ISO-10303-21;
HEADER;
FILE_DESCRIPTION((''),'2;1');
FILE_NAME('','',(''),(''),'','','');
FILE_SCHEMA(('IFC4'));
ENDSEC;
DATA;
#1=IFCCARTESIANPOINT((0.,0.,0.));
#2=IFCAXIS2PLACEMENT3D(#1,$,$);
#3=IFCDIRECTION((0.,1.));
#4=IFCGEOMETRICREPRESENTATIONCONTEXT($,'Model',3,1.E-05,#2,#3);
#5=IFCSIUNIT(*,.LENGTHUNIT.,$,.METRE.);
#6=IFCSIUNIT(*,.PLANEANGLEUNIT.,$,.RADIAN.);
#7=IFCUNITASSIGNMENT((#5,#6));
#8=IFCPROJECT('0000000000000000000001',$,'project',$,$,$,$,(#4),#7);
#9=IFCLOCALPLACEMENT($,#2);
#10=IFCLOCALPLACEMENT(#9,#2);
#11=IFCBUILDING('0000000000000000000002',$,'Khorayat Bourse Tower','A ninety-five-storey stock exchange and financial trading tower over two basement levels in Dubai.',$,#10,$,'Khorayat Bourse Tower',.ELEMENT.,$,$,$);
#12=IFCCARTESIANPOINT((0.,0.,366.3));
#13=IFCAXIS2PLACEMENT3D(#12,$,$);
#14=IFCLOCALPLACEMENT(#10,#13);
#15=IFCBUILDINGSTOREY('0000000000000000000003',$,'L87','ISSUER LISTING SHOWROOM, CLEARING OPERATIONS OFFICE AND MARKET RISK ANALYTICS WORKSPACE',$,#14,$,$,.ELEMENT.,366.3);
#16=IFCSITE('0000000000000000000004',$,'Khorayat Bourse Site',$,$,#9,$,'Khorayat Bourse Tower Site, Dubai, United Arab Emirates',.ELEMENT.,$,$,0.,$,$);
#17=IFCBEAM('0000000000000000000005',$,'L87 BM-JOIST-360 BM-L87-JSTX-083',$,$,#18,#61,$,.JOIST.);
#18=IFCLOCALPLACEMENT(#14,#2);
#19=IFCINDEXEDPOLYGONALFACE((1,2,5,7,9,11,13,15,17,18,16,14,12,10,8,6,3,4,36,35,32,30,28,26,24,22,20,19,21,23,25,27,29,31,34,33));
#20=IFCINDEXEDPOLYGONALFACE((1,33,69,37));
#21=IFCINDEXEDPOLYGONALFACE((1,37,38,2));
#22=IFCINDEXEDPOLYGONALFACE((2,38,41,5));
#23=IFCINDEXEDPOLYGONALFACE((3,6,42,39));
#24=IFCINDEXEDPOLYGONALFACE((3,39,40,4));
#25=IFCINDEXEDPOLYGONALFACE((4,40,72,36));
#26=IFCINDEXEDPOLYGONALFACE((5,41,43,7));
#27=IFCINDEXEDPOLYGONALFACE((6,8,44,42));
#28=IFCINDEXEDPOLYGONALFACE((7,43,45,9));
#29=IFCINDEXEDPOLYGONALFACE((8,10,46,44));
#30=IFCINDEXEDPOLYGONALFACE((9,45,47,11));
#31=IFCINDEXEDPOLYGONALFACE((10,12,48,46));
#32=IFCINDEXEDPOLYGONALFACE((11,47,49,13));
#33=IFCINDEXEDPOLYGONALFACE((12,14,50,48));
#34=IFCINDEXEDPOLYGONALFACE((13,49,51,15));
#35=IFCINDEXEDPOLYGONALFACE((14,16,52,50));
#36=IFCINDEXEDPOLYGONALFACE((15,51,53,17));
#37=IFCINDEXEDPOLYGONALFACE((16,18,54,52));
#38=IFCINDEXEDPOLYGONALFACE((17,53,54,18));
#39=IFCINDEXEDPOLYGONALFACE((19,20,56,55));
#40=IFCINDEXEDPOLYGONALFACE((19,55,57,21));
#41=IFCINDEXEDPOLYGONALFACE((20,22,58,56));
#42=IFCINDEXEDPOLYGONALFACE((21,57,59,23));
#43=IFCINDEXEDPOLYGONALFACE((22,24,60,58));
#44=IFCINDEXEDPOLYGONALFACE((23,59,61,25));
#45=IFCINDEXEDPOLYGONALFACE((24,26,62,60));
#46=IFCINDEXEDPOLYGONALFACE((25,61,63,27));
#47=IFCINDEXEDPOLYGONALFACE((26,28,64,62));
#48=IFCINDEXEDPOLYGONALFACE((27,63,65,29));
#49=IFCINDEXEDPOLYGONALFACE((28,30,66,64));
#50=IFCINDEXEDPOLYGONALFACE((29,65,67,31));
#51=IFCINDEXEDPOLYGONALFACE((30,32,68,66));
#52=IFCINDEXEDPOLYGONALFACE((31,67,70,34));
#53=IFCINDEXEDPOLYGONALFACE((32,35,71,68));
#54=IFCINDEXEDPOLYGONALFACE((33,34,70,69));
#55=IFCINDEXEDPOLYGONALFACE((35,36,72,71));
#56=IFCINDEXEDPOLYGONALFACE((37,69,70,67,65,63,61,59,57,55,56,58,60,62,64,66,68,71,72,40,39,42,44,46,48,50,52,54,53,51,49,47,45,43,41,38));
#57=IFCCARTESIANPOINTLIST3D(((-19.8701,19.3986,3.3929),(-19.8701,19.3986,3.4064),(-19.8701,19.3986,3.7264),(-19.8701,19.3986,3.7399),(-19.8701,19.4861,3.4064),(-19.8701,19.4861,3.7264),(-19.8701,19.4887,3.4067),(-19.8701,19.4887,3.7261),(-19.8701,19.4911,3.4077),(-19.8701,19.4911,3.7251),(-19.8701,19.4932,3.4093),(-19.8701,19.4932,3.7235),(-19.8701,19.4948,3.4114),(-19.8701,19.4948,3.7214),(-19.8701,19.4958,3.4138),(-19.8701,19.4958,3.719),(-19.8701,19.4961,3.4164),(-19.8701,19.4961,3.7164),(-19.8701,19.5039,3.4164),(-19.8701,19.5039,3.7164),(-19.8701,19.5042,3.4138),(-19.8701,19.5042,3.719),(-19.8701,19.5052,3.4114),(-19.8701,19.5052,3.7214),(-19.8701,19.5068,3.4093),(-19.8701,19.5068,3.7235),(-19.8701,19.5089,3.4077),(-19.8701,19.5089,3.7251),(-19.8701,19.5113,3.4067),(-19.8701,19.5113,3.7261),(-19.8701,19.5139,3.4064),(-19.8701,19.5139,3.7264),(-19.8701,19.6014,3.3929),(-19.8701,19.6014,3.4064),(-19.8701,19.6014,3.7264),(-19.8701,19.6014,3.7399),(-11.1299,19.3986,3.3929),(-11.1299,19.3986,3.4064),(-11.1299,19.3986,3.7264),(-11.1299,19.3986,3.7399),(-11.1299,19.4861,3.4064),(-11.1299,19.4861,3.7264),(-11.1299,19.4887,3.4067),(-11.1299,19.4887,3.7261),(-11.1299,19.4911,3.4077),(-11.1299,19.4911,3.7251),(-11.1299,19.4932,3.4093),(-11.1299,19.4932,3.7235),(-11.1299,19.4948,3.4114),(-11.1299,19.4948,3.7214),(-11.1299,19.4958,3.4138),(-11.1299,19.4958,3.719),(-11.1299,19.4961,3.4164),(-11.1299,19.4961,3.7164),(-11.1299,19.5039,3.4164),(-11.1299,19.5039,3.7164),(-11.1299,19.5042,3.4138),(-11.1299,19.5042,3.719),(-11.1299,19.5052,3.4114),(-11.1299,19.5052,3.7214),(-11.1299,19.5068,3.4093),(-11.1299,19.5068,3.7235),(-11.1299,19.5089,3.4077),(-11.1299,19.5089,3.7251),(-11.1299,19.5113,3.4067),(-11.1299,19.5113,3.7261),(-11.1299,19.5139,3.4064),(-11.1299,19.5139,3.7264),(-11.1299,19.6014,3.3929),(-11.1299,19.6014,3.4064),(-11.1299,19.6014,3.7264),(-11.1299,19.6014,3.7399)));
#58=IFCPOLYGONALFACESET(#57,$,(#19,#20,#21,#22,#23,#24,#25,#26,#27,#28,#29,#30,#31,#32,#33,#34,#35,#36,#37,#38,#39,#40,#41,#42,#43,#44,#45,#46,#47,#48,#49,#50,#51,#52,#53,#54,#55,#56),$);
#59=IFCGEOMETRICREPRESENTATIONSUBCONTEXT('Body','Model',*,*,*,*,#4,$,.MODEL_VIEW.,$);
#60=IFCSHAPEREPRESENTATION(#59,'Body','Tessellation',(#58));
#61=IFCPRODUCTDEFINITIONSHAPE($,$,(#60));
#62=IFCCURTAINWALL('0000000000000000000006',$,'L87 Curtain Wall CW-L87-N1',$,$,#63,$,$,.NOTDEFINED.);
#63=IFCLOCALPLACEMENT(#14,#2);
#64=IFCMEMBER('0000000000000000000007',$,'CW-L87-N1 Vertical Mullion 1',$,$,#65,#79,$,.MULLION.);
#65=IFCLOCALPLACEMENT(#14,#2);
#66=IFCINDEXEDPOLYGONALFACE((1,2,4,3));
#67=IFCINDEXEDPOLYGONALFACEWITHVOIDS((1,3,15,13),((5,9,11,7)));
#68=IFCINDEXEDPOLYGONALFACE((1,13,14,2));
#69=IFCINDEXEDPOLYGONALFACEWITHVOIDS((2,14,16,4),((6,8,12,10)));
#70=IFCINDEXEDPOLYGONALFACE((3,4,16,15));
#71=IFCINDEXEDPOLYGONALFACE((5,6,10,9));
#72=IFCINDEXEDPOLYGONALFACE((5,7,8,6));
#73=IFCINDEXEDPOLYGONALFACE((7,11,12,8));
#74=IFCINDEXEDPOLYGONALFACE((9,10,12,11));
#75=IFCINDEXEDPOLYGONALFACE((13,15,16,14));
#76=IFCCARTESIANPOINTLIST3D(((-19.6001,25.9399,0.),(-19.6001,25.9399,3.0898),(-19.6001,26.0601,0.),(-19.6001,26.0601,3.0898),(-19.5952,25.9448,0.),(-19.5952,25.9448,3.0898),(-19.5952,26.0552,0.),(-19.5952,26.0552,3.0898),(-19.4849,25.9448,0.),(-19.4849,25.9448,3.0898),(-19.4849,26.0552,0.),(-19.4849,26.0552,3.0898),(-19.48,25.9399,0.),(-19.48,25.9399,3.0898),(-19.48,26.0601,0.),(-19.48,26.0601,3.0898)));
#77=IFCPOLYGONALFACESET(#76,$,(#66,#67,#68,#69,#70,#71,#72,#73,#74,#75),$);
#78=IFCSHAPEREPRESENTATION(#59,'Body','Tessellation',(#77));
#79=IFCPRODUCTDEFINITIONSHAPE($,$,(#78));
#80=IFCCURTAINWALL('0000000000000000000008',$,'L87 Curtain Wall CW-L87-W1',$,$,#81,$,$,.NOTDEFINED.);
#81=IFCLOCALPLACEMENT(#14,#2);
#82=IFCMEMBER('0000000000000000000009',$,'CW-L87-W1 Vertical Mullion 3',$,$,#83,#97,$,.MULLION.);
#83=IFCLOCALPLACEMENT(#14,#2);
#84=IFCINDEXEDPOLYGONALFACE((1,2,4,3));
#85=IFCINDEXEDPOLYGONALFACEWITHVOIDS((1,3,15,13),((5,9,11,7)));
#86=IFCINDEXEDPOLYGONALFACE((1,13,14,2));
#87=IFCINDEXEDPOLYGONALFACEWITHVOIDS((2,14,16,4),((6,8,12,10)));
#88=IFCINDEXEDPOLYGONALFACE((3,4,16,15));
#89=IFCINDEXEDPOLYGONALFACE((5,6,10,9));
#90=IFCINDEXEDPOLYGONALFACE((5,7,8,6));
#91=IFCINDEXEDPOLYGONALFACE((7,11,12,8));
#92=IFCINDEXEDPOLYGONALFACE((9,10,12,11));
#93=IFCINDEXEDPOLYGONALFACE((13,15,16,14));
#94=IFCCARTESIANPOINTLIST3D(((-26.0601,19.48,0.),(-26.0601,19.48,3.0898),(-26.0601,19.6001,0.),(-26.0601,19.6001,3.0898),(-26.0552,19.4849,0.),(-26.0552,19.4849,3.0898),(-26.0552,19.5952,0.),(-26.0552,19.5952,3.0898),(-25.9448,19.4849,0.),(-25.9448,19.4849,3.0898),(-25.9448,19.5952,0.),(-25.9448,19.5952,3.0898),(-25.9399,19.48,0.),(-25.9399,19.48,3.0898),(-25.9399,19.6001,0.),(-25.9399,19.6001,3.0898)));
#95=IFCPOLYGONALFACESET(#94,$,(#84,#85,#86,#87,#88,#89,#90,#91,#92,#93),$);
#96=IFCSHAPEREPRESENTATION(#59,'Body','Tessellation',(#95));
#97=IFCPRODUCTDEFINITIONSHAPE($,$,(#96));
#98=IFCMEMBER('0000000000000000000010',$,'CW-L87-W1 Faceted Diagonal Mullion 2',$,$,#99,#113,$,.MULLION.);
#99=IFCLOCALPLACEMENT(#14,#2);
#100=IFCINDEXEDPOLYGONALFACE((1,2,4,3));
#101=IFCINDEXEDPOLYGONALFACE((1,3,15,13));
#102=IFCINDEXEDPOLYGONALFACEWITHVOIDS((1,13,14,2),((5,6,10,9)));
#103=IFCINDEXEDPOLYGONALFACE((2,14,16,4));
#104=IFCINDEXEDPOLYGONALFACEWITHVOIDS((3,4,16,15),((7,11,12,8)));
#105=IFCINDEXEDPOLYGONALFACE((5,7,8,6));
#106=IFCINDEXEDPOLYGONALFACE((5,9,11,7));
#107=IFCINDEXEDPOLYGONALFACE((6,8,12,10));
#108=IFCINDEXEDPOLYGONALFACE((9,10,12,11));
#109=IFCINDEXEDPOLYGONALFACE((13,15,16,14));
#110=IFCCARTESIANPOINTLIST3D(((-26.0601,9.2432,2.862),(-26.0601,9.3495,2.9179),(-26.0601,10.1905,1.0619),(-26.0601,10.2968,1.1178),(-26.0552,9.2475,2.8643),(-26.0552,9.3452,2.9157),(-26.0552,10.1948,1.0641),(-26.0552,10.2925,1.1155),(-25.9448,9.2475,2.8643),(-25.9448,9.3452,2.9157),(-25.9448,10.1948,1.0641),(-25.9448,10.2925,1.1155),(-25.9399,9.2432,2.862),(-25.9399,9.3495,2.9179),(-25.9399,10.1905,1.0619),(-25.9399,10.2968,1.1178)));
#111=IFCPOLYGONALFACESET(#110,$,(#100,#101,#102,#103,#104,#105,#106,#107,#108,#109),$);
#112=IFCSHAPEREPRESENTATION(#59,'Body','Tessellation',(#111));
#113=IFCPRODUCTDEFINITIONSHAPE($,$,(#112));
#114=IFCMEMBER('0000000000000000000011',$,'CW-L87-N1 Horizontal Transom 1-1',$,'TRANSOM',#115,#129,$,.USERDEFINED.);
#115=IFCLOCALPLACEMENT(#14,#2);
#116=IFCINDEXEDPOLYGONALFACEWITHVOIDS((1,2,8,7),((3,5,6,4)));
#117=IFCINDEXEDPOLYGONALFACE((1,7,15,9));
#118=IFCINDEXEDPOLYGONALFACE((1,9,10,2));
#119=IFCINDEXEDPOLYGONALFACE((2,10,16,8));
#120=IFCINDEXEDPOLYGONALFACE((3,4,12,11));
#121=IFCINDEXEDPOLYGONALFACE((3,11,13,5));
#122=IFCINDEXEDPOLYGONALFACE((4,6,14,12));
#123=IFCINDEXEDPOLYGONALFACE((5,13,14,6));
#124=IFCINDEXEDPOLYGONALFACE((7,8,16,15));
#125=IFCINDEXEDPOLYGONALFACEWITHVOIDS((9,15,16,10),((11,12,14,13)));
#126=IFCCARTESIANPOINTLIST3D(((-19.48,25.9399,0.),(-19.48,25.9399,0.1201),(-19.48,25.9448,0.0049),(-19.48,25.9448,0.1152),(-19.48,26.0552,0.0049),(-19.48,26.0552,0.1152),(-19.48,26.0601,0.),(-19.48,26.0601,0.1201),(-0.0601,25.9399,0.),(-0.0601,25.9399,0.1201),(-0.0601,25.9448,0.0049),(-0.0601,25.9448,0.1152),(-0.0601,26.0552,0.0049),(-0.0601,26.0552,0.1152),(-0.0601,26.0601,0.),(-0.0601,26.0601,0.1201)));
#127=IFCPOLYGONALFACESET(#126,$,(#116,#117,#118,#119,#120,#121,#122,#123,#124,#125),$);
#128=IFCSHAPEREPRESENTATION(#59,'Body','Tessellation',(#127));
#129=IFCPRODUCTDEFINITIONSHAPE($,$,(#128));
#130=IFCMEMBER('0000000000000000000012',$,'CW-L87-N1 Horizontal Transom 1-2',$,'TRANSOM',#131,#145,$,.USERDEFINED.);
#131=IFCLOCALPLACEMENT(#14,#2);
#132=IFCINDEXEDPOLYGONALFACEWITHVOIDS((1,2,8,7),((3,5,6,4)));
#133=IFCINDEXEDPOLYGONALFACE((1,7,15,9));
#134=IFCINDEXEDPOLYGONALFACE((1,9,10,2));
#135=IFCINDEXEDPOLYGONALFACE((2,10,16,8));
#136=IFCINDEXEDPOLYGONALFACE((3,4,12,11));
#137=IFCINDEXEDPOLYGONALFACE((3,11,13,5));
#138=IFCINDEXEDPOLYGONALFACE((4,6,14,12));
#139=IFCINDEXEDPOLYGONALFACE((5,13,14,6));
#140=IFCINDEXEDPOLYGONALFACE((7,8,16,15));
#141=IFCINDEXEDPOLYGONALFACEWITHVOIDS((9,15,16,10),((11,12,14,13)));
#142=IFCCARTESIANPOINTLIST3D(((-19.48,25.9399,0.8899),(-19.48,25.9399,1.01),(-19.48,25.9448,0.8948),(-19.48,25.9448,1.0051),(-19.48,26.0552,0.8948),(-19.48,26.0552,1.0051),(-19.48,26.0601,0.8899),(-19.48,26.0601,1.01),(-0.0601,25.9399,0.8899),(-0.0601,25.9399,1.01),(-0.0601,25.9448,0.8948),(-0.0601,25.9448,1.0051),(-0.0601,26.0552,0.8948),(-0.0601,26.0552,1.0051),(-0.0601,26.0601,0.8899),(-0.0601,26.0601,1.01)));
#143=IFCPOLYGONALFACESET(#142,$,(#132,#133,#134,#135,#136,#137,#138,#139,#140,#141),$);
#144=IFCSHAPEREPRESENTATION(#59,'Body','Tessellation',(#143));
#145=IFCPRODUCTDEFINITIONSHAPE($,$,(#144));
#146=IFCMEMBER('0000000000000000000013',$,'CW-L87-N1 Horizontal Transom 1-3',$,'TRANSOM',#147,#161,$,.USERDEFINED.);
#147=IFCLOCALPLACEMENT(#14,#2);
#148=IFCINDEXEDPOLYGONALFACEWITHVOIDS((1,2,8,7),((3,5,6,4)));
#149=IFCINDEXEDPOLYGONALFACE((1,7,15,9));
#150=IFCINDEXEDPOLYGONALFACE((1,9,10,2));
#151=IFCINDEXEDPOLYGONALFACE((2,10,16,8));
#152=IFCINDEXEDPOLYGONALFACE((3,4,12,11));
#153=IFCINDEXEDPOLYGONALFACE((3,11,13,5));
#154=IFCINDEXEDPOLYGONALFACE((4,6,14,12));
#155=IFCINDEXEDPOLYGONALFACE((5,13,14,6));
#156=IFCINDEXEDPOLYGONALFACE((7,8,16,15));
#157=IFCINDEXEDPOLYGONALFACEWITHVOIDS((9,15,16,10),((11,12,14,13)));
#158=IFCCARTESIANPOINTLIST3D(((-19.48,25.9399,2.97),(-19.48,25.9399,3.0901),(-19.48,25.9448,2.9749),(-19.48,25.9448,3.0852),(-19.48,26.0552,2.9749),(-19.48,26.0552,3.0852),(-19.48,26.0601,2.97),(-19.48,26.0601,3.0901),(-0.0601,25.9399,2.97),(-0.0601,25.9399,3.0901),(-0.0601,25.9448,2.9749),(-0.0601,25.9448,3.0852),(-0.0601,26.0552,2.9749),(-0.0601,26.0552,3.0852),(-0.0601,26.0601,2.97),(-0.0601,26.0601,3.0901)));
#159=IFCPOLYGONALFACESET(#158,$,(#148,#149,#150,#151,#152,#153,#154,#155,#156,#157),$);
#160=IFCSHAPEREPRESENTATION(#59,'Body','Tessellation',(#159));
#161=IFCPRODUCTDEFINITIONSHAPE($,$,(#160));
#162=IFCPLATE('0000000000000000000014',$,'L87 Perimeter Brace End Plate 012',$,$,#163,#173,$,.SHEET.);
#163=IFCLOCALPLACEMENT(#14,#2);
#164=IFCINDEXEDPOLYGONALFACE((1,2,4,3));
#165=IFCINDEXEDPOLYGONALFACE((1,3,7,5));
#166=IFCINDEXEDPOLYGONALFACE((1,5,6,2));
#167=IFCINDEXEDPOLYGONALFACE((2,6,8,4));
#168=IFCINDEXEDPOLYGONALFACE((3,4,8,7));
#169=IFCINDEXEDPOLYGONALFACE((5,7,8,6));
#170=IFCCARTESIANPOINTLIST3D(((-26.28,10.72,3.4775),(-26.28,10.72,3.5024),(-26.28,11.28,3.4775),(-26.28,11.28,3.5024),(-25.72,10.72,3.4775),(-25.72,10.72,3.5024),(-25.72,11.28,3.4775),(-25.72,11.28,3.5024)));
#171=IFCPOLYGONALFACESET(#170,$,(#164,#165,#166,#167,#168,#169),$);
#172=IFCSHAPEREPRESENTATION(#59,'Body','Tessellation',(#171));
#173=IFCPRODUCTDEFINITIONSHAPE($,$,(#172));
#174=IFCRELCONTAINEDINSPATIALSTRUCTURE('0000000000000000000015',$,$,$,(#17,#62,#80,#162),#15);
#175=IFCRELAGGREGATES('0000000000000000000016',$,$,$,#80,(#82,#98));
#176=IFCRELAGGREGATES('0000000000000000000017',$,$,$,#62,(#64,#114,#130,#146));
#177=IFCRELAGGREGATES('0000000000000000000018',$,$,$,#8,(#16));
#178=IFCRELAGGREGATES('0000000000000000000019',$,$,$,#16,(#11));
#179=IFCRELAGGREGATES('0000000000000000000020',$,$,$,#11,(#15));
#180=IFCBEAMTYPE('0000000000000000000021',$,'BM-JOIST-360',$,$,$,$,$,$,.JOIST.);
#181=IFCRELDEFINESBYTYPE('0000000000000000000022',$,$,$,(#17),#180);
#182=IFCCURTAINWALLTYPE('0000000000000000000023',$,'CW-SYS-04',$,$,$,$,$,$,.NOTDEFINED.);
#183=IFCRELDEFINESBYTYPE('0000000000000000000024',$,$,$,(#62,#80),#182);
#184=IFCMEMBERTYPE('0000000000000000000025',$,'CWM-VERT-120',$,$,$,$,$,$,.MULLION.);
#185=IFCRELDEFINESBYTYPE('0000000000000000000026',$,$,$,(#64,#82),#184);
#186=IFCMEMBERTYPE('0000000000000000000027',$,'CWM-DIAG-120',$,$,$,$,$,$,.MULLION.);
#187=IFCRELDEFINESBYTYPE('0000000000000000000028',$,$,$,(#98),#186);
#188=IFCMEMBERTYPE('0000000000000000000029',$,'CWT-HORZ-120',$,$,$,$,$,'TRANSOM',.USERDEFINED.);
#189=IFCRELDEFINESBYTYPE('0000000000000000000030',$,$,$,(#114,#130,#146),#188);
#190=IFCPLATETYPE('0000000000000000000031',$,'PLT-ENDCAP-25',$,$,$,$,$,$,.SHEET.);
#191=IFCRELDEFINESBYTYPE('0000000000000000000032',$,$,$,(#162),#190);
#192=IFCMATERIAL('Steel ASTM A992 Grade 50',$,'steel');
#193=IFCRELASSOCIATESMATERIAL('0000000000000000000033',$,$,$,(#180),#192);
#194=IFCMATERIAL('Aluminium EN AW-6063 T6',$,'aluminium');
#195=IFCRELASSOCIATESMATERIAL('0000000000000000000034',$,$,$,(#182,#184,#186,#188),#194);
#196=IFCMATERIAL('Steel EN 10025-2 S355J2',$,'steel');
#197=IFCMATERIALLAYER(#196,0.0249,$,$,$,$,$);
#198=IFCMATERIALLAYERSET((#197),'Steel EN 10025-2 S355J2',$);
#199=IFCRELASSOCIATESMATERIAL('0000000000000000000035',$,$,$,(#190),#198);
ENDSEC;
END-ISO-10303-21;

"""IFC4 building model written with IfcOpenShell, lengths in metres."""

from ifc_helpers import new_model, si_unit, direction, frame, origin, origin_2d, place, context, subcontext, project, spatial, rectangle, hollow_rectangle, i_section, extrude, source, transform, mapped, material, layer, layer_set, material_profile, profile_set, type_object, element, aggregate, save


model = new_model("IFC4")

# Units and contexts
model_context = context("Model", 3, precision=1e-05, world=origin(), true_north=direction((0.0, 1.0)))
body_context = subcontext(model_context, "Body", "Model", "MODEL_VIEW")
ifc_project = project(units=[si_unit("LENGTHUNIT", "METRE"), si_unit("PLANEANGLEUNIT", "RADIAN")], contexts=[model_context])

# Site, building, storey
site_placement = place(None, origin())
site = spatial("IfcSite", under=ifc_project, at=site_placement, Name="Khorayat Bourse Site", LongName="Khorayat Bourse Tower Site, Dubai, United Arab Emirates", CompositionType="ELEMENT", RefElevation=0.0)
building_placement = place(site_placement, origin())
building = spatial("IfcBuilding", under=site, at=building_placement, Name="Khorayat Bourse Tower", Description="A ninety-five-storey stock exchange and financial trading tower over two basement levels in Dubai.", LongName="Khorayat Bourse Tower", CompositionType="ELEMENT")
storey_placement = place(building_placement, frame((0.0, 0.0, 366.3)))
storey = spatial("IfcBuildingStorey", under=building, at=storey_placement, Name="L87", Description="ISSUER LISTING SHOWROOM, CLEARING OPERATIONS OFFICE AND MARKET RISK ANALYTICS WORKSPACE", CompositionType="ELEMENT", Elevation=366.3)

# Shared definitions
ifc_material_1 = material(Name="Steel EN 10025-2 S355J2", Category="steel")

# Beam
ifc_material_2 = material(Name="Steel ASTM A992 Grade 50", Category="steel")
ifc_material_profile_1 = material_profile(ifc_material_2, i_section(OverallWidth=0.2029, OverallDepth=0.3469, WebThickness=0.0078, FlangeThickness=0.0134, FilletRadius=0.01, at=origin_2d()), Name="W360X64")
ifc_profile_set_1 = profile_set([ifc_material_profile_1], Name="Steel ASTM A992 Grade 50")
beam_type_1 = type_object("IfcBeamType", Name="BM-JOIST-360", PredefinedType="JOIST", material=ifc_profile_set_1)
shared_shape_1 = source(origin(), body_context, "Body", "SweptSolid", [
    extrude(i_section(OverallWidth=0.2029, OverallDepth=0.3469, WebThickness=0.0078, FlangeThickness=0.0134, FilletRadius=0.01, at=origin_2d()), origin(), (0.0, 0.0, 1.0), 8.7402),
])
beam_1_placement = place(storey_placement, frame((-19.8701, 19.5, 3.5664), z_axis=(1.0, 0.0, 0.0), x_axis=(0.0, 1.0, 0.0)))
element("IfcBeam", 1, at=beam_1_placement, inside=storey, type_object=beam_type_1, Name="L87 BM-JOIST-360 BM-L87-JSTX-083", PredefinedType="JOIST", context=body_context, shape_type="MappedRepresentation", body=[
    mapped(shared_shape_1, transform((0.0, 0.0, 0.0), scale=1.0)),
])

# Curtain wall, member
ifc_material_3 = material(Name="Aluminium EN AW-6063 T6", Category="aluminium")
curtain_wall_type = type_object("IfcCurtainWallType", Name="CW-SYS-04", PredefinedType="NOTDEFINED", material=ifc_material_3)
curtain_wall_1_placement = place(storey_placement, origin())
curtain_wall_1 = element("IfcCurtainWall", 2, at=curtain_wall_1_placement, inside=storey, type_object=curtain_wall_type, Name="L87 Curtain Wall CW-L87-N1", PredefinedType="NOTDEFINED")
ifc_material_profile_2 = material_profile(ifc_material_3, hollow_rectangle(XDim=0.1201, YDim=0.1201, WallThickness=0.0049, at=origin_2d()), Name="ALU 120x120x5")
ifc_profile_set_2 = profile_set([ifc_material_profile_2], Name="Aluminium EN AW-6063 T6")
member_type_1 = type_object("IfcMemberType", Name="CWM-VERT-120", PredefinedType="MULLION", material=ifc_profile_set_2)
shared_shape_2 = source(origin(), body_context, "Body", "SweptSolid", [
    extrude(hollow_rectangle(XDim=0.1201, YDim=0.1201, WallThickness=0.0049, at=origin_2d()), origin(), (0.0, 0.0, 1.0), 3.0898),
])
member_1_placement = place(storey_placement, frame((-19.54, 26.0, 0.0), z_axis=(0.0, 0.0, 1.0), x_axis=(0.0, 1.0, 0.0)))
member_1 = element("IfcMember", 3, at=member_1_placement, type_object=member_type_1, Name="CW-L87-N1 Vertical Mullion 1", PredefinedType="MULLION", context=body_context, shape_type="MappedRepresentation", body=[
    mapped(shared_shape_2, transform((0.0, 0.0, 0.0), scale=1.0)),
])

# Curtain wall, members
curtain_wall_2_placement = place(storey_placement, origin())
curtain_wall_2 = element("IfcCurtainWall", 4, at=curtain_wall_2_placement, inside=storey, type_object=curtain_wall_type, Name="L87 Curtain Wall CW-L87-W1", PredefinedType="NOTDEFINED")
member_2_placement = place(storey_placement, frame((-26.0, 19.54, 0.0), z_axis=(0.0, 0.0, 1.0), x_axis=(-1.0, 0.0, 0.0)))
member_2 = element("IfcMember", 5, at=member_2_placement, type_object=member_type_1, Name="CW-L87-W1 Vertical Mullion 3", PredefinedType="MULLION", context=body_context, shape_type="MappedRepresentation", body=[
    mapped(shared_shape_2, transform((0.0, 0.0, 0.0), scale=1.0)),
])
ifc_material_profile_3 = material_profile(ifc_material_3, hollow_rectangle(XDim=0.1201, YDim=0.1201, WallThickness=0.0049, at=origin_2d()), Name="ALU 120x120x5")
ifc_profile_set_3 = profile_set([ifc_material_profile_3], Name="Aluminium EN AW-6063 T6")
member_type_2 = type_object("IfcMemberType", Name="CWM-DIAG-120", PredefinedType="MULLION", material=ifc_profile_set_3)
shared_shape_3 = source(origin(), body_context, "Body", "SweptSolid", [
    extrude(hollow_rectangle(XDim=0.1201, YDim=0.1201, WallThickness=0.0049, at=origin_2d()), origin(), (0.0, 0.0, 1.0), 2.0342),
])
member_3_placement = place(storey_placement, frame((-26.0, 10.2437, 1.0898), z_axis=(0.0, -0.465697, 0.884944), x_axis=(1.0, 0.0, 0.0)))
member_3 = element("IfcMember", 6, at=member_3_placement, type_object=member_type_2, Name="CW-L87-W1 Faceted Diagonal Mullion 2", PredefinedType="MULLION", context=body_context, shape_type="MappedRepresentation", body=[
    mapped(shared_shape_3, transform((0.0, 0.0, 0.0), scale=1.0)),
])
aggregate(curtain_wall_2, [member_2, member_3])

# Members
ifc_material_profile_4 = material_profile(ifc_material_3, hollow_rectangle(XDim=0.1201, YDim=0.1201, WallThickness=0.0049, at=origin_2d()), Name="ALU 120x120x5")
ifc_profile_set_4 = profile_set([ifc_material_profile_4], Name="Aluminium EN AW-6063 T6")
member_type_3 = type_object("IfcMemberType", Name="CWT-HORZ-120", ElementType="TRANSOM", PredefinedType="USERDEFINED", material=ifc_profile_set_4)
shared_shape_4 = source(origin(), body_context, "Body", "SweptSolid", [
    extrude(hollow_rectangle(XDim=0.1201, YDim=0.1201, WallThickness=0.0049, at=origin_2d()), origin(), (0.0, 0.0, 1.0), 19.4199),
])
member_4_placement = place(storey_placement, frame((-19.48, 26.0, 0.0601), z_axis=(1.0, 0.0, 0.0), x_axis=(0.0, 1.0, 0.0)))
member_4 = element("IfcMember", 7, at=member_4_placement, type_object=member_type_3, Name="CW-L87-N1 Horizontal Transom 1-1", ObjectType="TRANSOM", PredefinedType="USERDEFINED", context=body_context, shape_type="MappedRepresentation", body=[
    mapped(shared_shape_4, transform((0.0, 0.0, 0.0), scale=1.0)),
])
member_5_placement = place(storey_placement, frame((-19.48, 26.0, 0.95), z_axis=(1.0, 0.0, 0.0), x_axis=(0.0, 1.0, 0.0)))
member_5 = element("IfcMember", 8, at=member_5_placement, type_object=member_type_3, Name="CW-L87-N1 Horizontal Transom 1-2", ObjectType="TRANSOM", PredefinedType="USERDEFINED", context=body_context, shape_type="MappedRepresentation", body=[
    mapped(shared_shape_4, transform((0.0, 0.0, 0.0), scale=1.0)),
])
member_6_placement = place(storey_placement, frame((-19.48, 26.0, 3.03), z_axis=(1.0, 0.0, 0.0), x_axis=(0.0, 1.0, 0.0)))
member_6 = element("IfcMember", 9, at=member_6_placement, type_object=member_type_3, Name="CW-L87-N1 Horizontal Transom 1-3", ObjectType="TRANSOM", PredefinedType="USERDEFINED", context=body_context, shape_type="MappedRepresentation", body=[
    mapped(shared_shape_4, transform((0.0, 0.0, 0.0), scale=1.0)),
])
aggregate(curtain_wall_1, [member_1, member_4, member_5, member_6])

# Plate
ifc_layer_1 = layer(ifc_material_1, 0.0249)
ifc_layer_set_1 = layer_set([ifc_layer_1], Name="Steel EN 10025-2 S355J2")
plate_type = type_object("IfcPlateType", Name="PLT-ENDCAP-25", PredefinedType="SHEET", material=ifc_layer_set_1)
shared_shape_5 = source(origin(), body_context, "Body", "SweptSolid", [
    extrude(rectangle(XDim=0.5601, YDim=0.5601, at=origin_2d()), origin(), (0.0, 0.0, 1.0), 0.0249),
])
plate_placement = place(storey_placement, frame((-26.0, 11.0, 3.4775), z_axis=(0.0, 0.0, 1.0), x_axis=(1.0, 0.0, 0.0)))
element("IfcPlate", 10, at=plate_placement, inside=storey, type_object=plate_type, Name="L87 Perimeter Brace End Plate 012", PredefinedType="SHEET", context=body_context, shape_type="MappedRepresentation", body=[
    mapped(shared_shape_5, transform((0.0, 0.0, 0.0), scale=1.0)),
])

save(model, "model.ifc")
